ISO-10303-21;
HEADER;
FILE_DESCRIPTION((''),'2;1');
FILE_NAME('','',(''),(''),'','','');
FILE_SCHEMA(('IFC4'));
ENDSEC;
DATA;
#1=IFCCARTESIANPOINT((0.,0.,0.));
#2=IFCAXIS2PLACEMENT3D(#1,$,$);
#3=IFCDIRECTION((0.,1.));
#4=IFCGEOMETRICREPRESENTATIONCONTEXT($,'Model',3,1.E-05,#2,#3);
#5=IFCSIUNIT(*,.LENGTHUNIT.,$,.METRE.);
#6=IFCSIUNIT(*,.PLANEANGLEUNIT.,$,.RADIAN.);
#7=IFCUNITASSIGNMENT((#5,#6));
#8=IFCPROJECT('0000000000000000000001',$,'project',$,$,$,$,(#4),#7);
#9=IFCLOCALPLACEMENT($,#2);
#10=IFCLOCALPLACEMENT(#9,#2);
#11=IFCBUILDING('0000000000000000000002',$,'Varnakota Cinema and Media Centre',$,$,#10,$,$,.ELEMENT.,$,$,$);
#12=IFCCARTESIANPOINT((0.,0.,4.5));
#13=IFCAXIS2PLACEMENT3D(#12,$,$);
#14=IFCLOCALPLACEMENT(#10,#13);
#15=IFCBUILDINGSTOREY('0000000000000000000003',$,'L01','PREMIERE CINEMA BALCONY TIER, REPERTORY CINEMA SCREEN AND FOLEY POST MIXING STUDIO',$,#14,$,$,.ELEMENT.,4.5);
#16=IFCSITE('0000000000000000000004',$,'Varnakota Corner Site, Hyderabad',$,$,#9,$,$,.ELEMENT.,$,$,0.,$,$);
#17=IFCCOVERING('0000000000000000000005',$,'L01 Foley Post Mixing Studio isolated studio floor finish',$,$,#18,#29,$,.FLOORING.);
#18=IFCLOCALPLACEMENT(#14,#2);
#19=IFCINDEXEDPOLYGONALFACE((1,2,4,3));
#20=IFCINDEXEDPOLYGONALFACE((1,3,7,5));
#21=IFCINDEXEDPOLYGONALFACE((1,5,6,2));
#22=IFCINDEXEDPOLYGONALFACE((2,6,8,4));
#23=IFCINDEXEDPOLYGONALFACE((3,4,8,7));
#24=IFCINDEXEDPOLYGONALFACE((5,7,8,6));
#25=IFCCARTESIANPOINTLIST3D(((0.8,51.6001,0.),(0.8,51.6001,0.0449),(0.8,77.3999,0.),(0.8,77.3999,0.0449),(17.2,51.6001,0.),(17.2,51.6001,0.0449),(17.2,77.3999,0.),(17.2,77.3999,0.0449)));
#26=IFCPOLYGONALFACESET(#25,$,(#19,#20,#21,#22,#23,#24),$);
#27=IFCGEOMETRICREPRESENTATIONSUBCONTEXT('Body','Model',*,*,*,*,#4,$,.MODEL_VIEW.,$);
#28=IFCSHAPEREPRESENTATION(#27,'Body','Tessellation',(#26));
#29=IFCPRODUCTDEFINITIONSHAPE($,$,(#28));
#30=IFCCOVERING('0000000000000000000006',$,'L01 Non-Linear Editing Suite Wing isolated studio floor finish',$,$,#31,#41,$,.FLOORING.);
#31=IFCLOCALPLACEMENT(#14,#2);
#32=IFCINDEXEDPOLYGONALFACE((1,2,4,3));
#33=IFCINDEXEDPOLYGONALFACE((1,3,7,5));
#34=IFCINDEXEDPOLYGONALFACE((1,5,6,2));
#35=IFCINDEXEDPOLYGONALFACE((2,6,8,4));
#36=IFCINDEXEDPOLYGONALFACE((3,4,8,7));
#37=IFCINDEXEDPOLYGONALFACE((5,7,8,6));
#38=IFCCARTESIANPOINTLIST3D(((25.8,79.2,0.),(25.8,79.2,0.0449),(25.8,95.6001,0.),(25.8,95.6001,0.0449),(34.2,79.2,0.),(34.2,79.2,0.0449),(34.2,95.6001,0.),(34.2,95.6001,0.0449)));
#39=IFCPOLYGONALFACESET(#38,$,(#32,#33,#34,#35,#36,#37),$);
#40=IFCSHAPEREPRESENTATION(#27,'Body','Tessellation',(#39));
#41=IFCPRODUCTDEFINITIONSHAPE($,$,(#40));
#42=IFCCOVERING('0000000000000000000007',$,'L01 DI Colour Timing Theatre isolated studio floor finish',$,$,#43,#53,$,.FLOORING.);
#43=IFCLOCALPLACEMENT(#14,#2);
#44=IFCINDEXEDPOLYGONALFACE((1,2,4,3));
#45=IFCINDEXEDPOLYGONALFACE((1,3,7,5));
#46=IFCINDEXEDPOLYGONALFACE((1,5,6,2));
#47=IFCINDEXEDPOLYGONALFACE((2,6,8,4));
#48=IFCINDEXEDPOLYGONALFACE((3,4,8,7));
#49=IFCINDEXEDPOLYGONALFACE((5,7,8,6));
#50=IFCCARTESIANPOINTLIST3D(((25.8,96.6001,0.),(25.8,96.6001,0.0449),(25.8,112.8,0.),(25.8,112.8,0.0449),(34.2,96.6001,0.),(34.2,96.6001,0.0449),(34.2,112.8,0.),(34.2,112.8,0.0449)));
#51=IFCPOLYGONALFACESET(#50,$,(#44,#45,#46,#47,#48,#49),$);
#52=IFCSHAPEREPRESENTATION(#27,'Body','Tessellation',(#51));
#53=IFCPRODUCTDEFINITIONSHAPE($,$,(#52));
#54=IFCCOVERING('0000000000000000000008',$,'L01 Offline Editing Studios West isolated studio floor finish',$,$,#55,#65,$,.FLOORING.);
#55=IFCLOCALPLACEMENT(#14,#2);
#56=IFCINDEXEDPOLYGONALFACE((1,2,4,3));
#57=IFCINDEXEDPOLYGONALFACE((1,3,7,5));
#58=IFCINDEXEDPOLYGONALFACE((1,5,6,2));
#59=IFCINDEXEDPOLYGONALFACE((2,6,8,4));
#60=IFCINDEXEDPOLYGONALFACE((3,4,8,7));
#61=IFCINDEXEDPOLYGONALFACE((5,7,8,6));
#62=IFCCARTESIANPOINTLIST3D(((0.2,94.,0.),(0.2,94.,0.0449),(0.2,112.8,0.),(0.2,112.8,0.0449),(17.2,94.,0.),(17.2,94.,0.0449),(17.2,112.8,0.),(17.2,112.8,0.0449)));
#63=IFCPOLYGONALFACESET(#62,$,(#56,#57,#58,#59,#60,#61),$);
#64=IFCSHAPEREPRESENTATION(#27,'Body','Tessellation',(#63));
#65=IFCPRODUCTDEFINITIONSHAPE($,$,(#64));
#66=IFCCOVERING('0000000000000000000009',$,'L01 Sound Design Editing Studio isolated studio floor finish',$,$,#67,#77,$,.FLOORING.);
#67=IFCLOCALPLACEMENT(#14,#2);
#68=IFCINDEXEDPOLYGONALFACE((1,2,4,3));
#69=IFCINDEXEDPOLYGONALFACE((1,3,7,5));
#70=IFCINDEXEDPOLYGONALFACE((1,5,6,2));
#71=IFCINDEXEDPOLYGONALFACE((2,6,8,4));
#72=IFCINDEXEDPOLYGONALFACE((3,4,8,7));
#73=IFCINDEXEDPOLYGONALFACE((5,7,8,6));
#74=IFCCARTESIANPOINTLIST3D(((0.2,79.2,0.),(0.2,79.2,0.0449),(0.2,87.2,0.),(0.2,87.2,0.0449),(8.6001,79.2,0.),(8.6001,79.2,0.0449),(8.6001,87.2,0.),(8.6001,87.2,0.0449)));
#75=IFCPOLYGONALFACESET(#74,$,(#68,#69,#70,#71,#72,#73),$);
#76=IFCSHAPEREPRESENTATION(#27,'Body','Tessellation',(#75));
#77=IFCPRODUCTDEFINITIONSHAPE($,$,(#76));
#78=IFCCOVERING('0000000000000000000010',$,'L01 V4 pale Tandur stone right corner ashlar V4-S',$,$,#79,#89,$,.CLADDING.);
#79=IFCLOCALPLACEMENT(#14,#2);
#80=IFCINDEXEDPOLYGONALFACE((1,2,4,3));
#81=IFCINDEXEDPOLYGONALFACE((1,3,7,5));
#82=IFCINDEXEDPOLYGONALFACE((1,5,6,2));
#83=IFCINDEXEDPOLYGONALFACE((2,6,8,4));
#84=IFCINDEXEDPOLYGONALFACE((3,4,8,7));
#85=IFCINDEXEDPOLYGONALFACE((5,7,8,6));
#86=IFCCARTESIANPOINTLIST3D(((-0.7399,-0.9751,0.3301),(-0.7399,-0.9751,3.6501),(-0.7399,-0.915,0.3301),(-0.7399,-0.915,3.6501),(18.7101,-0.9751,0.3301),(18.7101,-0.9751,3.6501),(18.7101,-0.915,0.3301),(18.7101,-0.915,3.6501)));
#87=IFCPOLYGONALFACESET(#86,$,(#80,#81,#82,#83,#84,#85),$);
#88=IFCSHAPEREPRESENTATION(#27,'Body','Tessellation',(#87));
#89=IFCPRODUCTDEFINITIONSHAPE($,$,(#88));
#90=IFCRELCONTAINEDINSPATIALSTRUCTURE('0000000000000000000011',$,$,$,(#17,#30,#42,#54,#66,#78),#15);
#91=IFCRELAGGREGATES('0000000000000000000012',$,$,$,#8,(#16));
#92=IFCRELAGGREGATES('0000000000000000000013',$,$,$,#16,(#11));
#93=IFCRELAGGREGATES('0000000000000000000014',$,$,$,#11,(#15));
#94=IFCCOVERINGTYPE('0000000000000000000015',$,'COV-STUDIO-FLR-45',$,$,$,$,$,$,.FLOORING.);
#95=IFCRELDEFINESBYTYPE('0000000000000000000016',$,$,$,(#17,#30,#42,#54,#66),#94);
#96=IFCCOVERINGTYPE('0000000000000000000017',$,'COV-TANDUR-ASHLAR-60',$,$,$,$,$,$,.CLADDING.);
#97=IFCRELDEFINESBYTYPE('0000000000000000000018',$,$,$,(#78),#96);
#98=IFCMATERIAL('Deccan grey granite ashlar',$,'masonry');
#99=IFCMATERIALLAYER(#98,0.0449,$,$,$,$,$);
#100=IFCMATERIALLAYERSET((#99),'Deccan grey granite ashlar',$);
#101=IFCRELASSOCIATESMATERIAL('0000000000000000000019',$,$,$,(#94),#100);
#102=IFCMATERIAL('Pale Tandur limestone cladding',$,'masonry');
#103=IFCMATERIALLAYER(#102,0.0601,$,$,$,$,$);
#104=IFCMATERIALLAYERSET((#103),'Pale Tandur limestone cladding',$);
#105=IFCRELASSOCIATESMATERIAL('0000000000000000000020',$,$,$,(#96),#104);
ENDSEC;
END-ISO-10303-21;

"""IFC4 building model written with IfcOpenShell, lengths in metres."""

from ifc_helpers import new_model, si_unit, direction, frame, origin, origin_2d, place, context, subcontext, project, spatial, polyline, rectangle, outline, extrude, material, layer, layer_set, type_object, element, save


model = new_model("IFC4")

# Units and contexts
model_context = context("Model", 3, precision=1e-05, world=origin(), true_north=direction((0.0, 1.0)))
body_context = subcontext(model_context, "Body", "Model", "MODEL_VIEW")
ifc_project = project(units=[si_unit("LENGTHUNIT", "METRE"), si_unit("PLANEANGLEUNIT", "RADIAN")], contexts=[model_context])

# Site, building, storey
site_placement = place(None, origin())
site = spatial("IfcSite", under=ifc_project, at=site_placement, Name="Varnakota Corner Site, Hyderabad", CompositionType="ELEMENT", RefElevation=0.0)
building_placement = place(site_placement, origin())
building = spatial("IfcBuilding", under=site, at=building_placement, Name="Varnakota Cinema and Media Centre", CompositionType="ELEMENT")
storey_placement = place(building_placement, frame((0.0, 0.0, 4.5)))
storey = spatial("IfcBuildingStorey", under=building, at=storey_placement, Name="L01", Description="PREMIERE CINEMA BALCONY TIER, REPERTORY CINEMA SCREEN AND FOLEY POST MIXING STUDIO", CompositionType="ELEMENT", Elevation=4.5)

# Coverings
ifc_material_1 = material(Name="Deccan grey granite ashlar", Category="masonry")
ifc_layer_1 = layer(ifc_material_1, 0.0449)
ifc_layer_set_1 = layer_set([ifc_layer_1], Name="Deccan grey granite ashlar")
covering_type_1 = type_object("IfcCoveringType", Name="COV-STUDIO-FLR-45", PredefinedType="FLOORING", material=ifc_layer_set_1)
covering_1_placement = place(storey_placement, origin())
element("IfcCovering", 1, at=covering_1_placement, inside=storey, type_object=covering_type_1, Name="L01 Foley Post Mixing Studio isolated studio floor finish", PredefinedType="FLOORING", context=body_context, shape_type="SweptSolid", body=[
    extrude(outline(polyline([(0.8, 51.6001), (17.2, 51.6001), (17.2, 77.3999), (0.8, 77.3999), (0.8, 51.6001)])), origin(), (0.0, 0.0, 1.0), 0.0449),
])
covering_2_placement = place(storey_placement, origin())
element("IfcCovering", 2, at=covering_2_placement, inside=storey, type_object=covering_type_1, Name="L01 Non-Linear Editing Suite Wing isolated studio floor finish", PredefinedType="FLOORING", context=body_context, shape_type="SweptSolid", body=[
    extrude(outline(polyline([(25.8, 79.2), (34.2, 79.2), (34.2, 95.6001), (25.8, 95.6001), (25.8, 79.2)])), origin(), (0.0, 0.0, 1.0), 0.0449),
])
covering_3_placement = place(storey_placement, origin())
element("IfcCovering", 3, at=covering_3_placement, inside=storey, type_object=covering_type_1, Name="L01 DI Colour Timing Theatre isolated studio floor finish", PredefinedType="FLOORING", context=body_context, shape_type="SweptSolid", body=[
    extrude(outline(polyline([(25.8, 96.6001), (34.2, 96.6001), (34.2, 112.8), (25.8, 112.8), (25.8, 96.6001)])), origin(), (0.0, 0.0, 1.0), 0.0449),
])
covering_4_placement = place(storey_placement, origin())
element("IfcCovering", 4, at=covering_4_placement, inside=storey, type_object=covering_type_1, Name="L01 Offline Editing Studios West isolated studio floor finish", PredefinedType="FLOORING", context=body_context, shape_type="SweptSolid", body=[
    extrude(outline(polyline([(0.2, 94.0), (17.2, 94.0), (17.2, 112.8), (0.2, 112.8), (0.2, 94.0)])), origin(), (0.0, 0.0, 1.0), 0.0449),
])
covering_5_placement = place(storey_placement, origin())
element("IfcCovering", 5, at=covering_5_placement, inside=storey, type_object=covering_type_1, Name="L01 Sound Design Editing Studio isolated studio floor finish", PredefinedType="FLOORING", context=body_context, shape_type="SweptSolid", body=[
    extrude(outline(polyline([(0.2, 79.2), (8.6001, 79.2), (8.6001, 87.2), (0.2, 87.2), (0.2, 79.2)])), origin(), (0.0, 0.0, 1.0), 0.0449),
])
ifc_material_2 = material(Name="Pale Tandur limestone cladding", Category="masonry")
ifc_layer_2 = layer(ifc_material_2, 0.0601)
ifc_layer_set_2 = layer_set([ifc_layer_2], Name="Pale Tandur limestone cladding")
covering_type_2 = type_object("IfcCoveringType", Name="COV-TANDUR-ASHLAR-60", PredefinedType="CLADDING", material=ifc_layer_set_2)
covering_6_placement = place(storey_placement, frame((8.9851, -0.9451, 0.3301), z_axis=(0.0, 0.0, 1.0), x_axis=(-1.0, 0.0, 0.0)))
element("IfcCovering", 6, at=covering_6_placement, inside=storey, type_object=covering_type_2, Name="L01 V4 pale Tandur stone right corner ashlar V4-S", PredefinedType="CLADDING", context=body_context, shape_type="SweptSolid", body=[
    extrude(rectangle(XDim=19.45, YDim=0.0601, at=origin_2d()), origin(), (0.0, 0.0, 1.0), 3.3201),
])

save(model, "model.ifc")
